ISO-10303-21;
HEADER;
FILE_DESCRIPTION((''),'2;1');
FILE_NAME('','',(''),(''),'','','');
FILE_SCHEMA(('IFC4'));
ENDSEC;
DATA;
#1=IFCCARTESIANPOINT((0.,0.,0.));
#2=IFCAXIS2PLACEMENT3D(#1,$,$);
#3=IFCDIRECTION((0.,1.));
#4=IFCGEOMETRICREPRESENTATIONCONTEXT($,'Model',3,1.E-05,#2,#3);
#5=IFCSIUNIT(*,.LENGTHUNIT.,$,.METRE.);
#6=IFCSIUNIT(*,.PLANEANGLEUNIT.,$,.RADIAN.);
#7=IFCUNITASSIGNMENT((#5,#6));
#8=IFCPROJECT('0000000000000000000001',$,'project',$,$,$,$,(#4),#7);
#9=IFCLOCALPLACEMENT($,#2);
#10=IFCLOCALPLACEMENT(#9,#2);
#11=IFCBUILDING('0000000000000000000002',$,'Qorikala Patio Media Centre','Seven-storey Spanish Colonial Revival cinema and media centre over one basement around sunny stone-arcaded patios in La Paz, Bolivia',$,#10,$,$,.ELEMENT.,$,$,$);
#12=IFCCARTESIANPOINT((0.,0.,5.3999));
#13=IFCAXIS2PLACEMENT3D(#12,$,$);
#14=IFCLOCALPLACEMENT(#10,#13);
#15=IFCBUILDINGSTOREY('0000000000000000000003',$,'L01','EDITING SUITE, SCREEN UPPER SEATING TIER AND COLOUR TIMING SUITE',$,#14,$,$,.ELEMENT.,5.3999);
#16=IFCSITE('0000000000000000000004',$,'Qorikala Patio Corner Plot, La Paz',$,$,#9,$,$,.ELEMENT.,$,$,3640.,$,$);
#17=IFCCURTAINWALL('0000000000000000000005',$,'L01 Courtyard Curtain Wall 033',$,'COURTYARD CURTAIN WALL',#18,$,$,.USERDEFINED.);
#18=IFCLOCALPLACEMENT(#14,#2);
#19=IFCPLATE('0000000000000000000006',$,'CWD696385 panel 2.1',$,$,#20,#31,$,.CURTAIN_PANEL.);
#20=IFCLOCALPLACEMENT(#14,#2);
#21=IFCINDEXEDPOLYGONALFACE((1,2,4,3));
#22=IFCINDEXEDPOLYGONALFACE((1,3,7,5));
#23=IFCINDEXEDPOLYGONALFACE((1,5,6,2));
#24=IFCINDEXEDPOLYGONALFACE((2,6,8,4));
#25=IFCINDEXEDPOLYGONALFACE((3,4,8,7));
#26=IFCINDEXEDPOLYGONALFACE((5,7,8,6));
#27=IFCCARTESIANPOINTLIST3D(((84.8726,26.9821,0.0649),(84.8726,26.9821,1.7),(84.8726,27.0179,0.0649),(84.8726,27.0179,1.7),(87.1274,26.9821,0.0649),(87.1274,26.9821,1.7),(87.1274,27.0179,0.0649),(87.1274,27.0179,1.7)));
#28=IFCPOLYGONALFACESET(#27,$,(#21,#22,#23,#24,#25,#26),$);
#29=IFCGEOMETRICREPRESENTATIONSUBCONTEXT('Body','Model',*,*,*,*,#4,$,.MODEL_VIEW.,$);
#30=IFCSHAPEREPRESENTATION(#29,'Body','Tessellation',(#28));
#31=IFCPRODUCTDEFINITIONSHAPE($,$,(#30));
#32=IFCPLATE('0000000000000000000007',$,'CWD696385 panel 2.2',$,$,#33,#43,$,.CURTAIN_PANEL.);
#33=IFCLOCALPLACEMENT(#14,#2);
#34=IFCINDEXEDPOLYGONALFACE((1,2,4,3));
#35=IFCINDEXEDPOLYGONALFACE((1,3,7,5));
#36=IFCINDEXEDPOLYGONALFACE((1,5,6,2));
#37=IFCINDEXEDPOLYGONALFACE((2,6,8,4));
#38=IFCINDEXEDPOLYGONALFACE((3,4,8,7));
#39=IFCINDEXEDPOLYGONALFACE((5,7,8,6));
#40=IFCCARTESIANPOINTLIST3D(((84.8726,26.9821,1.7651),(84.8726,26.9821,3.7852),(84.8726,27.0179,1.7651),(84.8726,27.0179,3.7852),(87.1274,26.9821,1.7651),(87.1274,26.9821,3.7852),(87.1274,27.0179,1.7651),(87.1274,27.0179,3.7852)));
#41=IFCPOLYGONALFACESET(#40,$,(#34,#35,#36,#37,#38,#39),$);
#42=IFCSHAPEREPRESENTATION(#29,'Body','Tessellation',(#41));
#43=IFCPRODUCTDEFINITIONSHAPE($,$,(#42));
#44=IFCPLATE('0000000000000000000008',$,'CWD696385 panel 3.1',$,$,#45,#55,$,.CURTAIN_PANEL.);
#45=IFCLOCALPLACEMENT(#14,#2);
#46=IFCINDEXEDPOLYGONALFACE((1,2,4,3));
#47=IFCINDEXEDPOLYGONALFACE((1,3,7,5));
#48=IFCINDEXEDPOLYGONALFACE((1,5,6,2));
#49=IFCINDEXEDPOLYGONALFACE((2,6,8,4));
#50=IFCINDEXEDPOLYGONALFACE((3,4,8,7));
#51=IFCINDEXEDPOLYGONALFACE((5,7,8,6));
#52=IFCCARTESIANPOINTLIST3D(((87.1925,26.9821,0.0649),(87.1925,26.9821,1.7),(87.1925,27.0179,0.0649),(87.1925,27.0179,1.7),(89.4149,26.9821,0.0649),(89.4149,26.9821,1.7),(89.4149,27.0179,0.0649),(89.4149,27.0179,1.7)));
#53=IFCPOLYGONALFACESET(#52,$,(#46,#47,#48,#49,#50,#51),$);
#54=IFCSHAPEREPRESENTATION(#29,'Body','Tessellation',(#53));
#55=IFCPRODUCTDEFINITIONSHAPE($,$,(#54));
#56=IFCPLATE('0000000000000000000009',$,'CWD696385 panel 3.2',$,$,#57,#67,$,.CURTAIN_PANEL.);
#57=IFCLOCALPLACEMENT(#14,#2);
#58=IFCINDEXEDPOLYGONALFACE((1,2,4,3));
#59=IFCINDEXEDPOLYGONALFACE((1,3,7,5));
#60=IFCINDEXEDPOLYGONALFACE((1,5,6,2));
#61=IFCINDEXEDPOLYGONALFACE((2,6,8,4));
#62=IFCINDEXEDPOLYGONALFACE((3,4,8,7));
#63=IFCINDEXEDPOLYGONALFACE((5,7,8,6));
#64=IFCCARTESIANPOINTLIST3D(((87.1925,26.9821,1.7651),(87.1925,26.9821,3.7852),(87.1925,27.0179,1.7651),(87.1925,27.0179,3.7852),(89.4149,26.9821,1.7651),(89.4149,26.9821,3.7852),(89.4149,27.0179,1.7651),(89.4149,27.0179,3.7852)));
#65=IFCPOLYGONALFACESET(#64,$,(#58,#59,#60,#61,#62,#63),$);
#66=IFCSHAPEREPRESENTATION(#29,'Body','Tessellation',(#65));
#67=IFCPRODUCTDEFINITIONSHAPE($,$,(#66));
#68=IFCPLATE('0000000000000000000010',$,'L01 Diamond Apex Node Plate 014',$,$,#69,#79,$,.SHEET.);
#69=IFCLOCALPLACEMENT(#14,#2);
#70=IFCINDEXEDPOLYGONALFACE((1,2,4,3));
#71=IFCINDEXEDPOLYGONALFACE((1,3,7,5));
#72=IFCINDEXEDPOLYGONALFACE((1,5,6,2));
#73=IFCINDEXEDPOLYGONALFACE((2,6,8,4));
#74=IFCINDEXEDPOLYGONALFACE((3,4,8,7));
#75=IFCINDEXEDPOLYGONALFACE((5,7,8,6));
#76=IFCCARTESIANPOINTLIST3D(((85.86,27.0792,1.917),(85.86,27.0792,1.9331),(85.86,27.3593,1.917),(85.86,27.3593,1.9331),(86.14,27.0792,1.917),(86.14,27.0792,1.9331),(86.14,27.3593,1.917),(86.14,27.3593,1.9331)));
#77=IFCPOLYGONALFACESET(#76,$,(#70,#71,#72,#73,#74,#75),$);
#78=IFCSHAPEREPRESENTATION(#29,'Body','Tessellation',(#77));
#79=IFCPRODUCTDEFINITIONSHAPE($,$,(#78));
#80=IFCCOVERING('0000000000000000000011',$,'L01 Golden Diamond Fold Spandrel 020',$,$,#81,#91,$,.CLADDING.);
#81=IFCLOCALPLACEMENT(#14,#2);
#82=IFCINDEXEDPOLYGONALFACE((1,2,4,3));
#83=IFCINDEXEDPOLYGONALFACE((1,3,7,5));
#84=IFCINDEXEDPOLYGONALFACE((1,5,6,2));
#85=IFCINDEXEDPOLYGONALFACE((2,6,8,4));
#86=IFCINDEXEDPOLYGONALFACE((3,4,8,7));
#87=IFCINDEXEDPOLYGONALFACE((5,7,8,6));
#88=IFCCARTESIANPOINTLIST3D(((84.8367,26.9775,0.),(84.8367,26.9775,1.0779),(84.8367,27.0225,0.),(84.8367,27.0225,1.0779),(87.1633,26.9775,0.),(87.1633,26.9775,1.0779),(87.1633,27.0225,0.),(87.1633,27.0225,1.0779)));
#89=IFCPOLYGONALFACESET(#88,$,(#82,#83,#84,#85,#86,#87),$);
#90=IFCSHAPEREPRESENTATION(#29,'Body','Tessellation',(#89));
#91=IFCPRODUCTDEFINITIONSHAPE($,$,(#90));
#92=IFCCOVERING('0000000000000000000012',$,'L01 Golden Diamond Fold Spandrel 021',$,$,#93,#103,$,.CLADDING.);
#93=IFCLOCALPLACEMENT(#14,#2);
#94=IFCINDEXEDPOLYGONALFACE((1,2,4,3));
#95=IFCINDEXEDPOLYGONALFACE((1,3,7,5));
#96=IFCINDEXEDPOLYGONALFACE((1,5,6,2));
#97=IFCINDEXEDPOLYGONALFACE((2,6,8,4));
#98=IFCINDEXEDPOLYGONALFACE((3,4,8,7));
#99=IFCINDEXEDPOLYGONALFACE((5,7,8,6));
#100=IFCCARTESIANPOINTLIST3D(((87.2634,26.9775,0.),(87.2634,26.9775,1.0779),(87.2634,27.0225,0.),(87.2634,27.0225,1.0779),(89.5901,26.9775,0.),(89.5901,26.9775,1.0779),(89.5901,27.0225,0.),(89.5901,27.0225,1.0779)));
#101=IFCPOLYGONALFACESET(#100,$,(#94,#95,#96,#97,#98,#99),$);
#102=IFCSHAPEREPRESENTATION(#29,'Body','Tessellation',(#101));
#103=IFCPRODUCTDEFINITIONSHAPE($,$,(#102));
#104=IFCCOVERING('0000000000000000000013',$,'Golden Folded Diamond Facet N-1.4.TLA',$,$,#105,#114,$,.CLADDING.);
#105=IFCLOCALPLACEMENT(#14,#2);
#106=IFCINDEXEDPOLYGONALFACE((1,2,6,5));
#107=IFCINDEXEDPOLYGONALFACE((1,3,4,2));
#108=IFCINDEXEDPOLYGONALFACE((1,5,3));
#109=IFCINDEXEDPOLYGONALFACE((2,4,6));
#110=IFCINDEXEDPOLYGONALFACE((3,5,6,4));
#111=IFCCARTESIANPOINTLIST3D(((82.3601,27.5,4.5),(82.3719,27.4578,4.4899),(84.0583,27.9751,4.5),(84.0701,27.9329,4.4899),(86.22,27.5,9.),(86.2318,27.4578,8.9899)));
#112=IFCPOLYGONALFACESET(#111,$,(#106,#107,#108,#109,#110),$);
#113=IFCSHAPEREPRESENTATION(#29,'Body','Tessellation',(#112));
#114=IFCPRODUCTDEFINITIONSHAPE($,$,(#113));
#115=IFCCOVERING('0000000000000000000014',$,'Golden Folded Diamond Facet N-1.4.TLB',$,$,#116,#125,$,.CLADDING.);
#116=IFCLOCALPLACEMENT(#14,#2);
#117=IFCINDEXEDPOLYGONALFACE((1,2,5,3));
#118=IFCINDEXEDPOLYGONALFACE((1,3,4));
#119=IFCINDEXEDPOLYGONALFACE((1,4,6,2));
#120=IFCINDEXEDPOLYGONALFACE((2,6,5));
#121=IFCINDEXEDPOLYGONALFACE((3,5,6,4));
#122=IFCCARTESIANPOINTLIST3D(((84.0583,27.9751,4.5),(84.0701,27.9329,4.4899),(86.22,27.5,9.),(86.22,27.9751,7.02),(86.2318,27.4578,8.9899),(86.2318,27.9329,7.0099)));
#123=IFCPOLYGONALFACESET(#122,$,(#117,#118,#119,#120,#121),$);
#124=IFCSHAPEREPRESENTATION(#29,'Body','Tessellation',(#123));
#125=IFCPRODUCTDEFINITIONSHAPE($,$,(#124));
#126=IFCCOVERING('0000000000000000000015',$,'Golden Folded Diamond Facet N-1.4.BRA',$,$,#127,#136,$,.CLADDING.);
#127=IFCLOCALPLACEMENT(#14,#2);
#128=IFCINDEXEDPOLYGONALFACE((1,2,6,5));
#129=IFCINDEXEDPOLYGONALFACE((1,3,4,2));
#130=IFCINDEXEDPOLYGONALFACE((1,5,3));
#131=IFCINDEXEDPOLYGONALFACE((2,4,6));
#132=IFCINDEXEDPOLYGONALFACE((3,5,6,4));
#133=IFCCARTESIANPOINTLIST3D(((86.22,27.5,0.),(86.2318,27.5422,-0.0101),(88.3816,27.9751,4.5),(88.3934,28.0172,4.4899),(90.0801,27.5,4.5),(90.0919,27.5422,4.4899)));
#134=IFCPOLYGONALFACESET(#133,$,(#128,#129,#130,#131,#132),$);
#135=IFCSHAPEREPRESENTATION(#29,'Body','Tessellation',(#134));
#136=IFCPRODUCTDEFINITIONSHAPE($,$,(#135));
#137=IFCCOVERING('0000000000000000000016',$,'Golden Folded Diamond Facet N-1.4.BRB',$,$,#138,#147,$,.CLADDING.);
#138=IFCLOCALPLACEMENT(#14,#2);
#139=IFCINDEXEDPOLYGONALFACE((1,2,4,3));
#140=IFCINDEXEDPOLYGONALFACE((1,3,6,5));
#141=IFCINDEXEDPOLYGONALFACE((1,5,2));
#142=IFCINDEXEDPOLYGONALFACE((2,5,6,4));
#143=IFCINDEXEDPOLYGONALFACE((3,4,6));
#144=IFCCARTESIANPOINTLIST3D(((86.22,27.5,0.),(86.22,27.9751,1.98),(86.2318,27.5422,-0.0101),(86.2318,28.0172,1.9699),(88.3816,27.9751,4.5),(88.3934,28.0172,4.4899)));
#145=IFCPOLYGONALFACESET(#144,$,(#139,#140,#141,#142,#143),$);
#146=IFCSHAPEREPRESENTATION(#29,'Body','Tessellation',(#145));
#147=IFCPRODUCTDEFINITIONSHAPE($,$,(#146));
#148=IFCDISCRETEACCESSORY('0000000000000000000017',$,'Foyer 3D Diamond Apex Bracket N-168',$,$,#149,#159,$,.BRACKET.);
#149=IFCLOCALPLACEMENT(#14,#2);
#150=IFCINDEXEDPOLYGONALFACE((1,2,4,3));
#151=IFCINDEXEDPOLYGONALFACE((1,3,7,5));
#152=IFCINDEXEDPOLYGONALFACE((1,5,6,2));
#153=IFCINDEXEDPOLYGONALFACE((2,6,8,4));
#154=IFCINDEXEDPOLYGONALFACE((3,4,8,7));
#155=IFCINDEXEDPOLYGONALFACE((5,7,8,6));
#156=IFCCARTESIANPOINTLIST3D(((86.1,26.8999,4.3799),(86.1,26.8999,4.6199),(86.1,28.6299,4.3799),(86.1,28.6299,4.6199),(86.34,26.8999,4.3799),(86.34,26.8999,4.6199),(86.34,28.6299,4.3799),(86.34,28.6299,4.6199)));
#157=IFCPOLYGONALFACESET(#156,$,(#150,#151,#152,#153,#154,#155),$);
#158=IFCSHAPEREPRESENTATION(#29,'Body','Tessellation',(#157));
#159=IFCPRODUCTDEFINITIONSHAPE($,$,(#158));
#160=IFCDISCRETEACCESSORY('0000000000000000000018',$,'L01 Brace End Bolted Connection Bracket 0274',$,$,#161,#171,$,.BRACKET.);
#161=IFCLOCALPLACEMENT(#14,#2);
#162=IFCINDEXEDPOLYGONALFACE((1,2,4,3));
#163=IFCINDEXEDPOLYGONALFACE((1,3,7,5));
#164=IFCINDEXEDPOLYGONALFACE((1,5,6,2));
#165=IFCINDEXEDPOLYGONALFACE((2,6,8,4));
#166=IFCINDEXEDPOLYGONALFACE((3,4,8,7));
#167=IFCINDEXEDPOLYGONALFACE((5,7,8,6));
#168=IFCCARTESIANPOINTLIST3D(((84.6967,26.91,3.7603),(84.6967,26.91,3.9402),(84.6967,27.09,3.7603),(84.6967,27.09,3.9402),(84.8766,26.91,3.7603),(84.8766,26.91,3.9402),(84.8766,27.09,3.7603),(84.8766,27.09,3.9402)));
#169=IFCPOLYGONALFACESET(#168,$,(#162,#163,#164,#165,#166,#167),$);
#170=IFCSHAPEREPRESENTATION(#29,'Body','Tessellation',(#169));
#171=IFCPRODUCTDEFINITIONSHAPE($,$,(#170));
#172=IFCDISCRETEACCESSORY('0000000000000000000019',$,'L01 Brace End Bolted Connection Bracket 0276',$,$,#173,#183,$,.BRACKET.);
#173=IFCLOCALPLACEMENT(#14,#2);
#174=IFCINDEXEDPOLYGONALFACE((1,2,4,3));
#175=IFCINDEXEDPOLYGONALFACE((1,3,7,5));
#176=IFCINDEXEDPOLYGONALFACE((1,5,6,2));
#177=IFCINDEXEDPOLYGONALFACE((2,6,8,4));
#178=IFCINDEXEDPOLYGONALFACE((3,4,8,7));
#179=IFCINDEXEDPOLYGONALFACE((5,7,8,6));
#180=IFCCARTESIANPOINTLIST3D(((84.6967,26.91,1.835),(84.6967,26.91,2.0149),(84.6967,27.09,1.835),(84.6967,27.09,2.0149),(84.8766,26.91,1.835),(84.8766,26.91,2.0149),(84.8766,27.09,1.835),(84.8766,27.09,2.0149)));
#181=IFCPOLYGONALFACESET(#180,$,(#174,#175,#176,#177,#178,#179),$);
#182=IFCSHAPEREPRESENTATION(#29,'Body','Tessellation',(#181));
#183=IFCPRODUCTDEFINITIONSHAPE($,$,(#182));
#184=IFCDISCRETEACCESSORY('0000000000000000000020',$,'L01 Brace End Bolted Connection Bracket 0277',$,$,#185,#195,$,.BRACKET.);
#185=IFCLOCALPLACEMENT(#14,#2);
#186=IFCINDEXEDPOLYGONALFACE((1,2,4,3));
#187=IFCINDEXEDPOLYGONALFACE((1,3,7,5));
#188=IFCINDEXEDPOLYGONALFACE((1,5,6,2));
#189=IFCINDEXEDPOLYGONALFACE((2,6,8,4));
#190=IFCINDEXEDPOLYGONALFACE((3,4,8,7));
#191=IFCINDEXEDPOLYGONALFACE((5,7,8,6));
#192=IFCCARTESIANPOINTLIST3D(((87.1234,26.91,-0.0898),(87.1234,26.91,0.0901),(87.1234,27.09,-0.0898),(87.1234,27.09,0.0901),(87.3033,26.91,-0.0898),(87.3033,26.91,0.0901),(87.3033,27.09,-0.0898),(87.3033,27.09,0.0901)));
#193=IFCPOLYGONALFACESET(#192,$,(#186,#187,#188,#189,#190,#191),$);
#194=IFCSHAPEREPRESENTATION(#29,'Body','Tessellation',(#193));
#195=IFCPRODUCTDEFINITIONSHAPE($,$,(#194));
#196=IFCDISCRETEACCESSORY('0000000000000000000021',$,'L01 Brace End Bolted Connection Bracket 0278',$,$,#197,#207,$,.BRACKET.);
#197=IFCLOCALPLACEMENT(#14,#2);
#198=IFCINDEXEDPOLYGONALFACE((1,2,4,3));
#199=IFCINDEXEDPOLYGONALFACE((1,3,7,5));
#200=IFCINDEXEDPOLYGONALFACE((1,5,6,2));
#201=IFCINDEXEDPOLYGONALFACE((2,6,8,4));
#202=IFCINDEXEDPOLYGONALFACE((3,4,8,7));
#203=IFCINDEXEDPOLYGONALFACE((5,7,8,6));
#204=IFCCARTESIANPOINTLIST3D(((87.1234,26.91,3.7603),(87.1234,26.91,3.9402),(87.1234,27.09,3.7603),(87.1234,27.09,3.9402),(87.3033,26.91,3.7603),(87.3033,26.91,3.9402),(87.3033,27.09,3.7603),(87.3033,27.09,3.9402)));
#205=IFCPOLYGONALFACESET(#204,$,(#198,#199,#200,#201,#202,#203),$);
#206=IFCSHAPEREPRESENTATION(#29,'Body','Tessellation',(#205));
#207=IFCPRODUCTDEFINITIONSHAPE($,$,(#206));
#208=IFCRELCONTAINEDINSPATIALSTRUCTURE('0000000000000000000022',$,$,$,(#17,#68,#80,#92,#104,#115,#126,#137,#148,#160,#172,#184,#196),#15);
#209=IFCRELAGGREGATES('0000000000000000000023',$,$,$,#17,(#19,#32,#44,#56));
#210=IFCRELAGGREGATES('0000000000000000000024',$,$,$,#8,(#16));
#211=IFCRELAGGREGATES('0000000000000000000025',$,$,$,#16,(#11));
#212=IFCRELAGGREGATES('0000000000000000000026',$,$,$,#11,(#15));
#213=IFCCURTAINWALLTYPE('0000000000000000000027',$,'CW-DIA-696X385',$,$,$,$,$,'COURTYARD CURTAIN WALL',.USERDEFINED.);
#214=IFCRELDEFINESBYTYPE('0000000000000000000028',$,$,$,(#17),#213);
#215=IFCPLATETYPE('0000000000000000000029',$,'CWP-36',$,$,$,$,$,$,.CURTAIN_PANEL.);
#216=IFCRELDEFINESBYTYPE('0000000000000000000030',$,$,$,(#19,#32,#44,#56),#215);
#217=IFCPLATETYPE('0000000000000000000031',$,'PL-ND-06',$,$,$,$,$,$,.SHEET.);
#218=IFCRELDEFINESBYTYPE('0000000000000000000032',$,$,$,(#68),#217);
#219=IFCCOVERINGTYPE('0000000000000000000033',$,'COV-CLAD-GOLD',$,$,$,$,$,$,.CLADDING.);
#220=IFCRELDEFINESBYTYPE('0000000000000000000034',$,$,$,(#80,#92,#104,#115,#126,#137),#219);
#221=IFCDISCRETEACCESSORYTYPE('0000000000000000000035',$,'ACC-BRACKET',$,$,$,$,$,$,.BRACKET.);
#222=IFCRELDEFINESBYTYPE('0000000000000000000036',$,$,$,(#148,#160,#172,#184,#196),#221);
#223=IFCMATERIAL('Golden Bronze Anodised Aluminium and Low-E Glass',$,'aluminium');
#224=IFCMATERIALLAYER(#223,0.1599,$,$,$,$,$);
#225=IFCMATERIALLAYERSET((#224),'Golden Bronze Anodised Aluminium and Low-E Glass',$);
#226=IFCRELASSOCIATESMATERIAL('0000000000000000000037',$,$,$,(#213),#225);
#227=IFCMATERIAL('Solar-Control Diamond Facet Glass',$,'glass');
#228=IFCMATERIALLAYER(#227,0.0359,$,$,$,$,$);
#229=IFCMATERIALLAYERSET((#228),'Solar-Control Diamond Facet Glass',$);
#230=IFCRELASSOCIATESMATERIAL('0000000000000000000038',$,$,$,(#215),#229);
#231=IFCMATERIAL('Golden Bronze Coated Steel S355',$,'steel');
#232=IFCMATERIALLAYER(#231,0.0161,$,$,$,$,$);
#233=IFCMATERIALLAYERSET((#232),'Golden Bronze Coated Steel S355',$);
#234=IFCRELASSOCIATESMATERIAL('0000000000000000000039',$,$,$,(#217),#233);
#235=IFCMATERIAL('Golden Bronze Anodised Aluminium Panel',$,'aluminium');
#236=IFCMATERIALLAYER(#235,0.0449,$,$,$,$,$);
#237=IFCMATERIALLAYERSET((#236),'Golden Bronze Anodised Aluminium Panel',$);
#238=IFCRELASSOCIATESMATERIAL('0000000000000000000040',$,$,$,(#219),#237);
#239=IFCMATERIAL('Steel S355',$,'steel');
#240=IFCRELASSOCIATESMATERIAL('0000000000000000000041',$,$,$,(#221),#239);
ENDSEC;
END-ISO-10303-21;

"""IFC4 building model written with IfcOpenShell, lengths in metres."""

from ifc_helpers import new_model, si_unit, direction, frame, origin, origin_2d, place, context, subcontext, project, spatial, polyline, rectangle, outline, extrude, material, layer, layer_set, type_object, element, aggregate, save


model = new_model("IFC4")

# Units and contexts
model_context = context("Model", 3, precision=1e-05, world=origin(), true_north=direction((0.0, 1.0)))
body_context = subcontext(model_context, "Body", "Model", "MODEL_VIEW")
ifc_project = project(units=[si_unit("LENGTHUNIT", "METRE"), si_unit("PLANEANGLEUNIT", "RADIAN")], contexts=[model_context])

# Site, building, storey
site_placement = place(None, origin())
site = spatial("IfcSite", under=ifc_project, at=site_placement, Name="Qorikala Patio Corner Plot, La Paz", CompositionType="ELEMENT", RefElevation=3640.0)
building_placement = place(site_placement, origin())
building = spatial("IfcBuilding", under=site, at=building_placement, Name="Qorikala Patio Media Centre", Description="Seven-storey Spanish Colonial Revival cinema and media centre over one basement around sunny stone-arcaded patios in La Paz, Bolivia", CompositionType="ELEMENT")
storey_placement = place(building_placement, frame((0.0, 0.0, 5.3999)))
storey = spatial("IfcBuildingStorey", under=building, at=storey_placement, Name="L01", Description="EDITING SUITE, SCREEN UPPER SEATING TIER AND COLOUR TIMING SUITE", CompositionType="ELEMENT", Elevation=5.3999)

# Shared definitions
ifc_material_1 = material(Name="Golden Bronze Coated Steel S355", Category="steel")

# Curtain wall
ifc_material_2 = material(Name="Golden Bronze Anodised Aluminium and Low-E Glass", Category="aluminium")
ifc_layer_1 = layer(ifc_material_2, 0.1599)
ifc_layer_set_1 = layer_set([ifc_layer_1], Name="Golden Bronze Anodised Aluminium and Low-E Glass")
curtain_wall_type = type_object("IfcCurtainWallType", Name="CW-DIA-696X385", ElementType="COURTYARD CURTAIN WALL", PredefinedType="USERDEFINED", material=ifc_layer_set_1)
curtain_wall_placement = place(storey_placement, origin())
curtain_wall = element("IfcCurtainWall", 1, at=curtain_wall_placement, inside=storey, type_object=curtain_wall_type, Name="L01 Courtyard Curtain Wall 033", ObjectType="COURTYARD CURTAIN WALL", PredefinedType="USERDEFINED")

# Plates
ifc_material_3 = material(Name="Solar-Control Diamond Facet Glass", Category="glass")
ifc_layer_2 = layer(ifc_material_3, 0.0359)
ifc_layer_set_2 = layer_set([ifc_layer_2], Name="Solar-Control Diamond Facet Glass")
plate_type_1 = type_object("IfcPlateType", Name="CWP-36", PredefinedType="CURTAIN_PANEL", material=ifc_layer_set_2)
plate_1_placement = place(storey_placement, frame((86.0, 27.0, 0.0649), z_axis=(0.0, 0.0, 1.0), x_axis=(1.0, 0.0, 0.0)))
plate_1 = element("IfcPlate", 2, at=plate_1_placement, type_object=plate_type_1, Name="CWD696385 panel 2.1", PredefinedType="CURTAIN_PANEL", context=body_context, shape_type="SweptSolid", body=[
    extrude(rectangle(XDim=2.2549, YDim=0.0359, at=origin_2d()), origin(), (0.0, 0.0, 1.0), 1.635),
])
plate_2_placement = place(storey_placement, frame((86.0, 27.0, 1.7651), z_axis=(0.0, 0.0, 1.0), x_axis=(1.0, 0.0, 0.0)))
plate_2 = element("IfcPlate", 3, at=plate_2_placement, type_object=plate_type_1, Name="CWD696385 panel 2.2", PredefinedType="CURTAIN_PANEL", context=body_context, shape_type="SweptSolid", body=[
    extrude(rectangle(XDim=2.2549, YDim=0.0359, at=origin_2d()), origin(), (0.0, 0.0, 1.0), 2.02),
])
plate_3_placement = place(storey_placement, frame((88.3037, 27.0, 0.0649), z_axis=(0.0, 0.0, 1.0), x_axis=(1.0, 0.0, 0.0)))
plate_3 = element("IfcPlate", 4, at=plate_3_placement, type_object=plate_type_1, Name="CWD696385 panel 3.1", PredefinedType="CURTAIN_PANEL", context=body_context, shape_type="SweptSolid", body=[
    extrude(rectangle(XDim=2.2224, YDim=0.0359, at=origin_2d()), origin(), (0.0, 0.0, 1.0), 1.635),
])
plate_4_placement = place(storey_placement, frame((88.3037, 27.0, 1.7651), z_axis=(0.0, 0.0, 1.0), x_axis=(1.0, 0.0, 0.0)))
plate_4 = element("IfcPlate", 5, at=plate_4_placement, type_object=plate_type_1, Name="CWD696385 panel 3.2", PredefinedType="CURTAIN_PANEL", context=body_context, shape_type="SweptSolid", body=[
    extrude(rectangle(XDim=2.2224, YDim=0.0359, at=origin_2d()), origin(), (0.0, 0.0, 1.0), 2.02),
])
aggregate(curtain_wall, [plate_1, plate_2, plate_3, plate_4])
ifc_layer_3 = layer(ifc_material_1, 0.0161)
ifc_layer_set_3 = layer_set([ifc_layer_3], Name="Golden Bronze Coated Steel S355")
plate_type_2 = type_object("IfcPlateType", Name="PL-ND-06", PredefinedType="SHEET", material=ifc_layer_set_3)
plate_5_placement = place(storey_placement, frame((86.0, 27.2192, 1.917), z_axis=(0.0, 0.0, 1.0), x_axis=(1.0, 0.0, 0.0)))
element("IfcPlate", 6, at=plate_5_placement, inside=storey, type_object=plate_type_2, Name="L01 Diamond Apex Node Plate 014", PredefinedType="SHEET", context=body_context, shape_type="SweptSolid", body=[
    extrude(rectangle(XDim=0.28, YDim=0.28, at=origin_2d()), origin(), (0.0, 0.0, 1.0), 0.0161),
])

# Coverings
ifc_material_4 = material(Name="Golden Bronze Anodised Aluminium Panel", Category="aluminium")
ifc_layer_4 = layer(ifc_material_4, 0.0449)
ifc_layer_set_4 = layer_set([ifc_layer_4], Name="Golden Bronze Anodised Aluminium Panel")
covering_type = type_object("IfcCoveringType", Name="COV-CLAD-GOLD", PredefinedType="CLADDING", material=ifc_layer_set_4)
for number, where, z_axis, x_axis, name in (
    (7, (86.0, 27.0, 0.0), (0.0, 0.0, 1.0), (1.0, 0.0, 0.0), "L01 Golden Diamond Fold Spandrel 020"),
    (8, (88.4268, 27.0, 0.0), (0.0, 0.0, 1.0), (1.0, 0.0, 0.0), "L01 Golden Diamond Fold Spandrel 021"),
):
    element("IfcCovering", number, at=place(storey_placement, frame(where, z_axis=z_axis, x_axis=x_axis)), inside=storey, type_object=covering_type, Name=name, PredefinedType="CLADDING", context=body_context, shape_type="SweptSolid", body=[
        extrude(rectangle(XDim=2.3267, YDim=0.0449, at=origin_2d()), origin(), (0.0, 0.0, 1.0), 1.0779),
    ])
covering_1_placement = place(storey_placement, frame((86.22, 27.5, 9.0), z_axis=(-0.262496, 0.938297, 0.225156), x_axis=(-0.651056, 0.0, -0.75903)))
element("IfcCovering", 9, at=covering_1_placement, inside=storey, type_object=covering_type, Name="Golden Folded Diamond Facet N-1.4.TLA", PredefinedType="CLADDING", context=body_context, shape_type="SweptSolid", body=[
    extrude(outline(polyline([(0.0, 0.0), (5.9286, 0.0), (4.823, -1.3738), (0.0, 0.0)])), origin(), (0.0, 0.0, -1.0), 0.0449),
])
covering_2_placement = place(storey_placement, frame((86.22, 27.5, 9.0), z_axis=(-0.262476, 0.938304, 0.225147), x_axis=(-0.431047, 0.094739, -0.897342)))
element("IfcCovering", 10, at=covering_2_placement, inside=storey, type_object=covering_type, Name="Golden Folded Diamond Facet N-1.4.TLB", PredefinedType="CLADDING", context=body_context, shape_type="SweptSolid", body=[
    extrude(outline(polyline([(0.0, 0.0), (5.0148, 0.0), (1.8217, -0.9096), (0.0, 0.0)])), origin(), (0.0, 0.0, -1.0), 0.0449),
])
covering_3_placement = place(storey_placement, frame((86.22, 27.5, 0.0), z_axis=(-0.262462, -0.93831, 0.225141), x_axis=(0.65108, 0.0, 0.759009)))
element("IfcCovering", 11, at=covering_3_placement, inside=storey, type_object=covering_type, Name="Golden Folded Diamond Facet N-1.4.BRA", PredefinedType="CLADDING", context=body_context, shape_type="SweptSolid", body=[
    extrude(outline(polyline([(0.0, 0.0), (5.9288, 0.0), (4.8229, 1.3739), (0.0, 0.0)])), origin(), (0.0, 0.0, -1.0), 0.0449),
])
covering_4_placement = place(storey_placement, frame((86.22, 27.5, 0.0), z_axis=(-0.262476, -0.938304, 0.225147), x_axis=(0.431047, 0.094739, 0.897342)))
element("IfcCovering", 12, at=covering_4_placement, inside=storey, type_object=covering_type, Name="Golden Folded Diamond Facet N-1.4.BRB", PredefinedType="CLADDING", context=body_context, shape_type="SweptSolid", body=[
    extrude(outline(polyline([(0.0, 0.0), (5.0148, 0.0), (1.8217, 0.9096), (0.0, 0.0)])), origin(), (0.0, 0.0, -1.0), 0.0449),
])

# Discrete accessories
ifc_material_5 = material(Name="Steel S355", Category="steel")
discrete_accessory_type = type_object("IfcDiscreteAccessoryType", Name="ACC-BRACKET", PredefinedType="BRACKET", material=ifc_material_5)
discrete_accessory_placement = place(storey_placement, frame((86.22, 27.7649, 4.3799), z_axis=(0.0, 0.0, 1.0), x_axis=(1.0, 0.0, 0.0)))
element("IfcDiscreteAccessory", 13, at=discrete_accessory_placement, inside=storey, type_object=discrete_accessory_type, Name="Foyer 3D Diamond Apex Bracket N-168", PredefinedType="BRACKET", context=body_context, shape_type="SweptSolid", body=[
    extrude(rectangle(XDim=0.24, YDim=1.73, at=origin_2d()), origin(), (0.0, 0.0, 1.0), 0.24),
])
for number, where, z_axis, x_axis, name in (
    (14, (84.7866, 27.0, 3.7603), (0.0, 0.0, 1.0), (1.0, 0.0, 0.0), "L01 Brace End Bolted Connection Bracket 0274"),
    (15, (84.7866, 27.0, 1.835), (0.0, 0.0, 1.0), (1.0, 0.0, 0.0), "L01 Brace End Bolted Connection Bracket 0276"),
    (16, (87.2134, 27.0, -0.0898), (0.0, 0.0, 1.0), (1.0, 0.0, 0.0), "L01 Brace End Bolted Connection Bracket 0277"),
    (17, (87.2134, 27.0, 3.7603), (0.0, 0.0, 1.0), (1.0, 0.0, 0.0), "L01 Brace End Bolted Connection Bracket 0278"),
):
    element("IfcDiscreteAccessory", number, at=place(storey_placement, frame(where, z_axis=z_axis, x_axis=x_axis)), inside=storey, type_object=discrete_accessory_type, Name=name, PredefinedType="BRACKET", context=body_context, shape_type="SweptSolid", body=[
        extrude(rectangle(XDim=0.1799, YDim=0.1799, at=origin_2d()), origin(), (0.0, 0.0, 1.0), 0.1799),
    ])

save(model, "model.ifc")
